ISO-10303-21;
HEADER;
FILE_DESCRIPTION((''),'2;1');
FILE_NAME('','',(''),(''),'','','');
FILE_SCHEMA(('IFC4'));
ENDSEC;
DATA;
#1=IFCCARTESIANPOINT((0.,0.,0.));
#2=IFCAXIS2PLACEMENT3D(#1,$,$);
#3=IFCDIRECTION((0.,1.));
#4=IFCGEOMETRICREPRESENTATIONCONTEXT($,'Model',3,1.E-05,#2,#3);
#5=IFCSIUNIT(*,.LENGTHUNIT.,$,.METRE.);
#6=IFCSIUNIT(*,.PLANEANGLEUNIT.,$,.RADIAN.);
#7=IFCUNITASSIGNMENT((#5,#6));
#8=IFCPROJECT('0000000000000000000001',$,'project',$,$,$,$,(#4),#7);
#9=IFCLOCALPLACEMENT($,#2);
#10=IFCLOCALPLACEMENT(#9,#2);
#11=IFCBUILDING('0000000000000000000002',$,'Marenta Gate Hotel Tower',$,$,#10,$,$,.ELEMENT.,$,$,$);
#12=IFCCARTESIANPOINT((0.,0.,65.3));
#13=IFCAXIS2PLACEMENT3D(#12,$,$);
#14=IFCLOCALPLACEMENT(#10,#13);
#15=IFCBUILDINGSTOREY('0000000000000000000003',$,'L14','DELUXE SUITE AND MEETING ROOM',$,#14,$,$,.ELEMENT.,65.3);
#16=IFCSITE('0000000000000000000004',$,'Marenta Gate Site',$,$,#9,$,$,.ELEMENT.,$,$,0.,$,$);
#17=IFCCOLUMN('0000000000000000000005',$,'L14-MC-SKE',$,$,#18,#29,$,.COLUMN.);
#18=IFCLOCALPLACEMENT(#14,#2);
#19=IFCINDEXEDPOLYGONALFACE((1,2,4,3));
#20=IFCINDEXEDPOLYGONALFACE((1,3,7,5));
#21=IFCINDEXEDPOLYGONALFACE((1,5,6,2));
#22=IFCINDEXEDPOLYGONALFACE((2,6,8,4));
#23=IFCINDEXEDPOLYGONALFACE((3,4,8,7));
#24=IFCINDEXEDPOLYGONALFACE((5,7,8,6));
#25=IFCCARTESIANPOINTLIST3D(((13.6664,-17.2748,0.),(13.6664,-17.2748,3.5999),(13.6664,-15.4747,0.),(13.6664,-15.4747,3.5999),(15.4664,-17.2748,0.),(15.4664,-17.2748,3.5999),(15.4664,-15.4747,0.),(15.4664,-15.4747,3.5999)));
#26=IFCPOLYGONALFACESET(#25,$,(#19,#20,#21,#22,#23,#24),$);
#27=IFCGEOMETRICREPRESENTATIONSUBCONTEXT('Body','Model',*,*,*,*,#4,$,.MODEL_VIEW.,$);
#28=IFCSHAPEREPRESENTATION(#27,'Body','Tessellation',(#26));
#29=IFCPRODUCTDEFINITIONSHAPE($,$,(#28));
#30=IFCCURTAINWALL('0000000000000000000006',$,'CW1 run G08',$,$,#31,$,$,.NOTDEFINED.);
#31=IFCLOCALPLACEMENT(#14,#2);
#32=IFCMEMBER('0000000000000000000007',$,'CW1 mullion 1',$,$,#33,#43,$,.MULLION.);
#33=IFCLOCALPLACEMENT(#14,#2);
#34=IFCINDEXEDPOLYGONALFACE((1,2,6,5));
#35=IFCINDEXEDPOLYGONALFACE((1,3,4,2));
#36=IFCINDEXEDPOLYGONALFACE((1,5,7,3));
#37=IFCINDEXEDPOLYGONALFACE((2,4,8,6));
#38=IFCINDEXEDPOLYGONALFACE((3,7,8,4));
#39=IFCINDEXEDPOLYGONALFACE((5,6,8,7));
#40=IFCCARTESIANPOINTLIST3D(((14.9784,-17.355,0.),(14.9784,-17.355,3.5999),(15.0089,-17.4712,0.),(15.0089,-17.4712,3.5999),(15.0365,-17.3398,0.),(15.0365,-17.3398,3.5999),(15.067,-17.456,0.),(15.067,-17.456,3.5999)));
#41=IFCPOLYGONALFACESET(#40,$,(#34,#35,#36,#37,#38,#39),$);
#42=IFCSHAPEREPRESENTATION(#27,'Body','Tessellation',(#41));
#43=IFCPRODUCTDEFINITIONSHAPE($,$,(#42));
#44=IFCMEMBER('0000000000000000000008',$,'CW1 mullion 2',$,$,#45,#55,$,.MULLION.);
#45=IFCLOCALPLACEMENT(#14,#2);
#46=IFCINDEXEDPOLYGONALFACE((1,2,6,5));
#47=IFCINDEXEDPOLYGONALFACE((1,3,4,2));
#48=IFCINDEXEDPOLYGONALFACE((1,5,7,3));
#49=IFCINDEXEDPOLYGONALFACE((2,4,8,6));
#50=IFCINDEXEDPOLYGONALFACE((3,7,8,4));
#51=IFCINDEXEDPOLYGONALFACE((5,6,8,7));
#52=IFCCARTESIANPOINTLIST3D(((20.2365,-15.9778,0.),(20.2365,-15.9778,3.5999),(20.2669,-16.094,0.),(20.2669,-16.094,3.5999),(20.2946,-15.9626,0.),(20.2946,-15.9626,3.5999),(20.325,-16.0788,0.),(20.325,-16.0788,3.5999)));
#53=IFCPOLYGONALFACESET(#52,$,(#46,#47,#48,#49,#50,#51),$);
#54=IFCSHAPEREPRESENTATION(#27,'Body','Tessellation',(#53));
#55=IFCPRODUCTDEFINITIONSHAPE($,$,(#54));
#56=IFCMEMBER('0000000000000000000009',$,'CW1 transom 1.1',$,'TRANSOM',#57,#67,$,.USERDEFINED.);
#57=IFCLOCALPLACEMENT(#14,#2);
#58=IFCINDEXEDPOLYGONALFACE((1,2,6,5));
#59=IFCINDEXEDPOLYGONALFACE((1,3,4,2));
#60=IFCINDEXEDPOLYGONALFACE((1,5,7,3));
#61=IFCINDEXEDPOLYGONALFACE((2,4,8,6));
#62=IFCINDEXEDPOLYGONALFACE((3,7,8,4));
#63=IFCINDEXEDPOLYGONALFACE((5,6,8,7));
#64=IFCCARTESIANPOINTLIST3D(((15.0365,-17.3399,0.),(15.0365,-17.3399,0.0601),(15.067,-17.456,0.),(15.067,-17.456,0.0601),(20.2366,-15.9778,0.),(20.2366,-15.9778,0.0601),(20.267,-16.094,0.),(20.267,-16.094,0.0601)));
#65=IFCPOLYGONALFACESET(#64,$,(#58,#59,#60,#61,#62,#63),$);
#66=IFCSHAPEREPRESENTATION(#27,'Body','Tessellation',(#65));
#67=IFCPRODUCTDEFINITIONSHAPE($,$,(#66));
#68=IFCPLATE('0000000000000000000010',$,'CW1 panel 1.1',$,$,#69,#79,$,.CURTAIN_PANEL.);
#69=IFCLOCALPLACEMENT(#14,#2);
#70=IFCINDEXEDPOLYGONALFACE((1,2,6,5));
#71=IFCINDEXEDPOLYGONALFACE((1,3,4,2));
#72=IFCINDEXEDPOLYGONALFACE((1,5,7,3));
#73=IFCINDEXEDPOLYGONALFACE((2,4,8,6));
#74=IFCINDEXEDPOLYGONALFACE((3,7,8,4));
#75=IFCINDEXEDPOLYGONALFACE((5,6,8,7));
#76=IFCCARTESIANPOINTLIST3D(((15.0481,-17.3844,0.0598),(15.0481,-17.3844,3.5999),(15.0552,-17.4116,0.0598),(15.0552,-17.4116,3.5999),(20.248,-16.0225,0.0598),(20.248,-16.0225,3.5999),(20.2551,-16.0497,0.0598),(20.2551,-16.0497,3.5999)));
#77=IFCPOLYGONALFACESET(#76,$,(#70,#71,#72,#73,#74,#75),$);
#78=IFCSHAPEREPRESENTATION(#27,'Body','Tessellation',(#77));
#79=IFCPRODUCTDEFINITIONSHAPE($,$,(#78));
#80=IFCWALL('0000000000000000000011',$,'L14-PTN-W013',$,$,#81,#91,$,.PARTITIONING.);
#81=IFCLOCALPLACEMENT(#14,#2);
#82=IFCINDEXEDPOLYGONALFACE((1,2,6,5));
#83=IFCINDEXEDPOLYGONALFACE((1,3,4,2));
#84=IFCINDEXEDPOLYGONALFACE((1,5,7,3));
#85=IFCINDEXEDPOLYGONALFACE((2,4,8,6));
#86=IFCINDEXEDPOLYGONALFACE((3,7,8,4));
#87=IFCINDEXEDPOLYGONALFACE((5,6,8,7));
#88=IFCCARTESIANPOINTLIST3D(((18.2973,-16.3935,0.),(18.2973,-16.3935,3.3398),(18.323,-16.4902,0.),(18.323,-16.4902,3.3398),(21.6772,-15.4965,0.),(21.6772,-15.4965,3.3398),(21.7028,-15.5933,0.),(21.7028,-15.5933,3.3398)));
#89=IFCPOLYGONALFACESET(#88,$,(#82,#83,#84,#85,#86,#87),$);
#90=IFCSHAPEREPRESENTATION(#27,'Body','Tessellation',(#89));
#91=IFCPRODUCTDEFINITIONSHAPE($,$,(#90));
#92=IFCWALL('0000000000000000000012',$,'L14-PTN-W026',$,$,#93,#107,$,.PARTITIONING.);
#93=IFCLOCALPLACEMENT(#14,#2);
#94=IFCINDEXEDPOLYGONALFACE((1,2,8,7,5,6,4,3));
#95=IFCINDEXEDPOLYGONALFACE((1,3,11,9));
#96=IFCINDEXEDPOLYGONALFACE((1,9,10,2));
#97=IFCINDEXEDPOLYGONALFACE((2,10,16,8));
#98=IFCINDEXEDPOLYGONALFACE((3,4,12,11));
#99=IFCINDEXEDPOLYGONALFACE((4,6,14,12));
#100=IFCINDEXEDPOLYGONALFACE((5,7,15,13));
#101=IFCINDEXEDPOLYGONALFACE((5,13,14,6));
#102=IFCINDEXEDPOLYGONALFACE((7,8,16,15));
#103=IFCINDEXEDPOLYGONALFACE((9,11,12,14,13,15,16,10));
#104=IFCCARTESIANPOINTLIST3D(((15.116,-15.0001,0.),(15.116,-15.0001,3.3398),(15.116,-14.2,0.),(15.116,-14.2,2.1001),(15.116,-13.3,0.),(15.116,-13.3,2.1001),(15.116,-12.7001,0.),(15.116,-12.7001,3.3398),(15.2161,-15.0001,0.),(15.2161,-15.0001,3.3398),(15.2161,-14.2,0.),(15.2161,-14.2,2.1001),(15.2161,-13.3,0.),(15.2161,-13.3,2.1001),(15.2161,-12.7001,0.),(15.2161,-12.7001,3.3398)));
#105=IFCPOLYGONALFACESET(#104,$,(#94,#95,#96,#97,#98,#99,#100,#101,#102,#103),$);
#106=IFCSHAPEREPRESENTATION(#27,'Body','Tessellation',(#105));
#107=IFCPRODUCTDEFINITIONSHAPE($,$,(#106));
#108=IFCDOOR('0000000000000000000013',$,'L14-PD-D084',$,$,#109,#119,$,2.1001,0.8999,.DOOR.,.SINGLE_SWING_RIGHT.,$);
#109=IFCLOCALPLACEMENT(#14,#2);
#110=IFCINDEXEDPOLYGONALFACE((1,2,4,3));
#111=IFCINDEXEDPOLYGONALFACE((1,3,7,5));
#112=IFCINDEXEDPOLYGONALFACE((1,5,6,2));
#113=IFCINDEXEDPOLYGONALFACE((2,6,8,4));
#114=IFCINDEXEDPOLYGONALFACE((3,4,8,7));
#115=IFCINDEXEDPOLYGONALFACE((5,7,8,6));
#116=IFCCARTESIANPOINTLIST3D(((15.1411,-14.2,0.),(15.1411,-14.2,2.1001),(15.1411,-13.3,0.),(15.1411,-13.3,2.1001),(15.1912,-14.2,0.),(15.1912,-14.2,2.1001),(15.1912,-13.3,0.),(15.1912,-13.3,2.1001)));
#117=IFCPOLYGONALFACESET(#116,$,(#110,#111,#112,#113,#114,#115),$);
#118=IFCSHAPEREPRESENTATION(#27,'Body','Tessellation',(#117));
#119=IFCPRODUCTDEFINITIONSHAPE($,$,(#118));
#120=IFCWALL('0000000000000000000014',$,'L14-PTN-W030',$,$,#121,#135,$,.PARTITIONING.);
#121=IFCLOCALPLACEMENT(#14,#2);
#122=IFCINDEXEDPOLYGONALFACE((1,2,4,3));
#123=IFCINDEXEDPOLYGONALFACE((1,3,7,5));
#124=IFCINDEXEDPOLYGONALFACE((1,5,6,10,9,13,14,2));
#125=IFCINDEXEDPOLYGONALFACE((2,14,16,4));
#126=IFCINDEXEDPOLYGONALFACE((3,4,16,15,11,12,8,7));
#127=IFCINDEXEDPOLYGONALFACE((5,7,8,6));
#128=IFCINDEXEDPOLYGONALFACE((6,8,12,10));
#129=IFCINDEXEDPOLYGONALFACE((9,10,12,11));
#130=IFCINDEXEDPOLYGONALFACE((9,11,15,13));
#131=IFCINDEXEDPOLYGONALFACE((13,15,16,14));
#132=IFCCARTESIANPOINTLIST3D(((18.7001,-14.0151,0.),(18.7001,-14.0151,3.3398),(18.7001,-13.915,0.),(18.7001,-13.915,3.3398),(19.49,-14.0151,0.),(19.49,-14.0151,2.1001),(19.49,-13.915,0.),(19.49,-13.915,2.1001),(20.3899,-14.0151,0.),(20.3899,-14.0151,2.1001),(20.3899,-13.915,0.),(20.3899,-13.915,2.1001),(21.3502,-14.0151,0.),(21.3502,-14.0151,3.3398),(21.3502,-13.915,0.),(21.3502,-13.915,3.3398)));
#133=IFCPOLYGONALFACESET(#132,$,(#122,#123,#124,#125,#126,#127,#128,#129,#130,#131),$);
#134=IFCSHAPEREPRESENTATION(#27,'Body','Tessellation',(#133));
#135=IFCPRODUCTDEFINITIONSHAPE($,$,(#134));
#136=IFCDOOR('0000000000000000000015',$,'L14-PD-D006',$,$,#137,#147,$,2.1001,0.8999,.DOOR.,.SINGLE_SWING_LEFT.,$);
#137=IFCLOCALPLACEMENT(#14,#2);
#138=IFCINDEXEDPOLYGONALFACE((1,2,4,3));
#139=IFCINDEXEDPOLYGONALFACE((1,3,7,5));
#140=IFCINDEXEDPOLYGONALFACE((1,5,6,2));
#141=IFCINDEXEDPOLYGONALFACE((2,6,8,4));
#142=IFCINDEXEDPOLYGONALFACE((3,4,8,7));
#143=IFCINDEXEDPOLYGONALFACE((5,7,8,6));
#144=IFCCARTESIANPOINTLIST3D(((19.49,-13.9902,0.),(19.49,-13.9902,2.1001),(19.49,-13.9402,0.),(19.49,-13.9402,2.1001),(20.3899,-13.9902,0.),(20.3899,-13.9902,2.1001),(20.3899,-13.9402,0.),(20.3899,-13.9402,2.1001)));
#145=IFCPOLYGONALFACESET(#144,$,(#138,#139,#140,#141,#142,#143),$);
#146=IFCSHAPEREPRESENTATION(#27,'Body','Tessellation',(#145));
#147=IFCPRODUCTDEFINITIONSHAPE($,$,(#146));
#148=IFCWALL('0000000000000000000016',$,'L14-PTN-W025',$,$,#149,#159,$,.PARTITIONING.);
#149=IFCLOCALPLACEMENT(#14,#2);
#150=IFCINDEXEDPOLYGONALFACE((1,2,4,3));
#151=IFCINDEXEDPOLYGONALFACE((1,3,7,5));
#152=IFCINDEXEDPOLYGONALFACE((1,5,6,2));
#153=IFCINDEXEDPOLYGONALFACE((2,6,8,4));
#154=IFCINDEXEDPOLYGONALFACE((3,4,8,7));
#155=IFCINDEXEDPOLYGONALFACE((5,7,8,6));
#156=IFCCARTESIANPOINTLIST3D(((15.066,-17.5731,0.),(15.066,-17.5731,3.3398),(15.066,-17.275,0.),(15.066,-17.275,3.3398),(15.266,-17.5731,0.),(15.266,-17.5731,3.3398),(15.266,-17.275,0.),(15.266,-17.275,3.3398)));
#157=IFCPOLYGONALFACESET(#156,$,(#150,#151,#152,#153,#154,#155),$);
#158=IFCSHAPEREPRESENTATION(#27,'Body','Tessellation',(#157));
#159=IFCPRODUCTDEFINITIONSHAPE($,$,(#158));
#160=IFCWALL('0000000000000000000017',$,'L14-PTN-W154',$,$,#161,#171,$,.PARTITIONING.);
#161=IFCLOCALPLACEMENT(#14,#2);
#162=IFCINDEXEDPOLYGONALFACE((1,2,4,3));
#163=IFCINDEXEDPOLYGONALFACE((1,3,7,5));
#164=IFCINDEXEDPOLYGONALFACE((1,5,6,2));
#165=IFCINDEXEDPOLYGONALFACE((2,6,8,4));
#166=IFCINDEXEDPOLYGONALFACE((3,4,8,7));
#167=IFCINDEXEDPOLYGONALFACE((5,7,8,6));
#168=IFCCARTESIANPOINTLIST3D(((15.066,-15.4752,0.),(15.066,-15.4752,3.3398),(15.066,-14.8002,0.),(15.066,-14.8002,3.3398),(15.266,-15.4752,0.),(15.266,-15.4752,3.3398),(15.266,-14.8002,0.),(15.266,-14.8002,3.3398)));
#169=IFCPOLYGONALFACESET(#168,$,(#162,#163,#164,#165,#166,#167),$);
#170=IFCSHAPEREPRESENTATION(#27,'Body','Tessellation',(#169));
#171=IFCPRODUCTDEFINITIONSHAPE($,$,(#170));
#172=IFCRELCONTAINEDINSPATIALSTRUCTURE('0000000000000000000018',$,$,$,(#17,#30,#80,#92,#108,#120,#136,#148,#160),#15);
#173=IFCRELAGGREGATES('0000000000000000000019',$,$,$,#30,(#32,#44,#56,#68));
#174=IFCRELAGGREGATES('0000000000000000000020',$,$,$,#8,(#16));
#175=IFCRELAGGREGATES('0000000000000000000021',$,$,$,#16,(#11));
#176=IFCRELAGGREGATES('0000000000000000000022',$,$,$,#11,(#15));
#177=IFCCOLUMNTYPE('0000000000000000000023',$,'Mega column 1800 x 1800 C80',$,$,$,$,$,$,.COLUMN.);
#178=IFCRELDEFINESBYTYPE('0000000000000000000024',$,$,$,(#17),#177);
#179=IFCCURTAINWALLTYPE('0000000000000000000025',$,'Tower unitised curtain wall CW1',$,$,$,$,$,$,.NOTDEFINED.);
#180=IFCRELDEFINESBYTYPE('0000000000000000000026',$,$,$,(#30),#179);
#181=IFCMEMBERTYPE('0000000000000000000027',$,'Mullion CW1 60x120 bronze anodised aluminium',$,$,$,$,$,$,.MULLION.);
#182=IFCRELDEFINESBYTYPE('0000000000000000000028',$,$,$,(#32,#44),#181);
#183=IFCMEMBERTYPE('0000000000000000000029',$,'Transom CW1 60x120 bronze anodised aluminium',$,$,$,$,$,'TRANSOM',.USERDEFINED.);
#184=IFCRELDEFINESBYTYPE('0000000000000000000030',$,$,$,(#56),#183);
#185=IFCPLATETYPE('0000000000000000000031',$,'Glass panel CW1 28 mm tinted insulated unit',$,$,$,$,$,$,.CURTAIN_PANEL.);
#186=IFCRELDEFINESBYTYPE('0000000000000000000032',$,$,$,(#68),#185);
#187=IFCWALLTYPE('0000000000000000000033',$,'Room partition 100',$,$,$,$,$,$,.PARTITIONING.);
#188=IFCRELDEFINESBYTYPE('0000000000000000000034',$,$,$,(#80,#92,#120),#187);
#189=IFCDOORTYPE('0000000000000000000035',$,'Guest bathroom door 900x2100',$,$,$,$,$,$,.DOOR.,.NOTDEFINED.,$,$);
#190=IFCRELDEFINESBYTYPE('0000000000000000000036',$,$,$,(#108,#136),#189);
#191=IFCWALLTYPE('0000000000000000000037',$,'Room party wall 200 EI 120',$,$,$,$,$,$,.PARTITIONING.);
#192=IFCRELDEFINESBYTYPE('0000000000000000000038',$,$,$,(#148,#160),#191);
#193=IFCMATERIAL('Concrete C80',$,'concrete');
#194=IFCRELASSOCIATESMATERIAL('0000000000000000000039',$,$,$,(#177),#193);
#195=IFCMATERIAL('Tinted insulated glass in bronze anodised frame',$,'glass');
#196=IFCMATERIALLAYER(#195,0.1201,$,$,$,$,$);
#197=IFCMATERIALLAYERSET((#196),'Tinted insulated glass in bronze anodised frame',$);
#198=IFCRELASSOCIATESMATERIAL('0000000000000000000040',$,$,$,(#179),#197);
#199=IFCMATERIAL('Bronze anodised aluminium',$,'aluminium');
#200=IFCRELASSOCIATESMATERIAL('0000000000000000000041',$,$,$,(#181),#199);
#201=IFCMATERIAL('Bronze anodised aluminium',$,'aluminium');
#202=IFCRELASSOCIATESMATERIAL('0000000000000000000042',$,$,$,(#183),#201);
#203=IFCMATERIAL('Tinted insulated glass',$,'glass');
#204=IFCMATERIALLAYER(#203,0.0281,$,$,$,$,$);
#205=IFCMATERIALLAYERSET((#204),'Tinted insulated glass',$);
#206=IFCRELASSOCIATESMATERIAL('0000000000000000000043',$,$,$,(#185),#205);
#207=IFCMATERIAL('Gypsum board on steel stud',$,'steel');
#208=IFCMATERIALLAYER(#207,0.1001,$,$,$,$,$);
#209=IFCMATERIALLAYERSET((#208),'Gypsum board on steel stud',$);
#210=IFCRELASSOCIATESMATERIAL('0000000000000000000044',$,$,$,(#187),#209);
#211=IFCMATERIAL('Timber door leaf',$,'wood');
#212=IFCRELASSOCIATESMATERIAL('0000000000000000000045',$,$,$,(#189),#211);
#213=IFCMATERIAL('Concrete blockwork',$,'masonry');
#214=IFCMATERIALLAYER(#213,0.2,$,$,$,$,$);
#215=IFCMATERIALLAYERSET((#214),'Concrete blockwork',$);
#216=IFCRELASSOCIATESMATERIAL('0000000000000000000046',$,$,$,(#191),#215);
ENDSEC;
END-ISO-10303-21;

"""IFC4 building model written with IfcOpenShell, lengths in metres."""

from ifc_helpers import new_model, si_unit, direction, frame, frame_2d, origin, origin_2d, place, context, subcontext, project, spatial, rectangle, extrude, material, layer, layer_set, material_profile, profile_set, type_object, element, fill, aggregate, save


model = new_model("IFC4")

# Units and contexts
model_context = context("Model", 3, precision=1e-05, world=origin(), true_north=direction((0.0, 1.0)))
body_context = subcontext(model_context, "Body", "Model", "MODEL_VIEW")
ifc_project = project(units=[si_unit("LENGTHUNIT", "METRE"), si_unit("PLANEANGLEUNIT", "RADIAN")], contexts=[model_context])

# Site, building, storey
site_placement = place(None, origin())
site = spatial("IfcSite", under=ifc_project, at=site_placement, Name="Marenta Gate Site", CompositionType="ELEMENT", RefElevation=0.0)
building_placement = place(site_placement, origin())
building = spatial("IfcBuilding", under=site, at=building_placement, Name="Marenta Gate Hotel Tower", CompositionType="ELEMENT")
storey_placement = place(building_placement, frame((0.0, 0.0, 65.3)))
storey = spatial("IfcBuildingStorey", under=building, at=storey_placement, Name="L14", Description="DELUXE SUITE AND MEETING ROOM", CompositionType="ELEMENT", Elevation=65.3)

# Column
ifc_material_1 = material(Name="Concrete C80", Category="concrete")
ifc_material_profile_1 = material_profile(ifc_material_1, rectangle(XDim=1.8, YDim=1.8, at=origin_2d()), Name="1800 x 1800")
ifc_profile_set_1 = profile_set([ifc_material_profile_1], Name="Concrete C80")
column_type = type_object("IfcColumnType", Name="Mega column 1800 x 1800 C80", PredefinedType="COLUMN", material=ifc_profile_set_1)
column_placement = place(storey_placement, frame((14.5664, -16.3748, 0.0), z_axis=(0.0, 0.0, 1.0), x_axis=(1.0, 0.0, 0.0)))
element("IfcColumn", 1, at=column_placement, inside=storey, type_object=column_type, Name="L14-MC-SKE", PredefinedType="COLUMN", context=body_context, shape_type="SweptSolid", body=[
    extrude(rectangle(XDim=1.8, YDim=1.8, at=origin_2d()), origin(), (0.0, 0.0, 1.0), 3.5999),
])

# Curtain wall, members, plate
ifc_material_2 = material(Name="Tinted insulated glass in bronze anodised frame", Category="glass")
ifc_layer_1 = layer(ifc_material_2, 0.1201)
ifc_layer_set_1 = layer_set([ifc_layer_1], Name="Tinted insulated glass in bronze anodised frame")
curtain_wall_type = type_object("IfcCurtainWallType", Name="Tower unitised curtain wall CW1", PredefinedType="NOTDEFINED", material=ifc_layer_set_1)
curtain_wall_placement = place(storey_placement, origin())
curtain_wall = element("IfcCurtainWall", 2, at=curtain_wall_placement, inside=storey, type_object=curtain_wall_type, Name="CW1 run G08", PredefinedType="NOTDEFINED")
ifc_material_3 = material(Name="Bronze anodised aluminium", Category="aluminium")
ifc_material_profile_2 = material_profile(ifc_material_3, rectangle(XDim=0.1201, YDim=0.0601, at=origin_2d()), Name="Mullion CW1 60x120 bronze anodised aluminium")
ifc_profile_set_2 = profile_set([ifc_material_profile_2], Name="Bronze anodised aluminium")
member_type_1 = type_object("IfcMemberType", Name="Mullion CW1 60x120 bronze anodised aluminium", PredefinedType="MULLION", material=ifc_profile_set_2)
member_1_placement = place(storey_placement, frame((15.0227, -17.4055, 0.0), z_axis=(0.0, 0.0, 1.0), x_axis=(-0.253372, 0.967369, 0.0)))
member_1 = element("IfcMember", 3, at=member_1_placement, type_object=member_type_1, Name="CW1 mullion 1", PredefinedType="MULLION", context=body_context, shape_type="SweptSolid", body=[
    extrude(rectangle(XDim=0.1201, YDim=0.0601, at=origin_2d()), origin(), (0.0, 0.0, 1.0), 3.5999),
])
member_2_placement = place(storey_placement, frame((20.2808, -16.0283, 0.0), z_axis=(0.0, 0.0, 1.0), x_axis=(-0.253372, 0.967369, 0.0)))
member_2 = element("IfcMember", 4, at=member_2_placement, type_object=member_type_1, Name="CW1 mullion 2", PredefinedType="MULLION", context=body_context, shape_type="SweptSolid", body=[
    extrude(rectangle(XDim=0.1201, YDim=0.0601, at=origin_2d()), origin(), (0.0, 0.0, 1.0), 3.5999),
])
ifc_material_4 = material(Name="Bronze anodised aluminium", Category="aluminium")
ifc_material_profile_3 = material_profile(ifc_material_4, rectangle(XDim=0.1201, YDim=0.0601, at=origin_2d()), Name="Transom CW1 60x120 bronze anodised aluminium")
ifc_profile_set_3 = profile_set([ifc_material_profile_3], Name="Bronze anodised aluminium")
member_type_2 = type_object("IfcMemberType", Name="Transom CW1 60x120 bronze anodised aluminium", ElementType="TRANSOM", PredefinedType="USERDEFINED", material=ifc_profile_set_3)
member_3_placement = place(storey_placement, frame((15.0518, -17.3979, 0.03), z_axis=(0.967365, 0.253389, 0.0), x_axis=(-0.253389, 0.967365, 0.0)))
member_3 = element("IfcMember", 5, at=member_3_placement, type_object=member_type_2, Name="CW1 transom 1.1", ObjectType="TRANSOM", PredefinedType="USERDEFINED", context=body_context, shape_type="SweptSolid", body=[
    extrude(rectangle(XDim=0.1201, YDim=0.0601, at=origin_2d()), origin(), (0.0, 0.0, 1.0), 5.3755),
])
ifc_material_5 = material(Name="Tinted insulated glass", Category="glass")
ifc_layer_2 = layer(ifc_material_5, 0.0281)
ifc_layer_set_2 = layer_set([ifc_layer_2], Name="Tinted insulated glass")
plate_type = type_object("IfcPlateType", Name="Glass panel CW1 28 mm tinted insulated unit", PredefinedType="CURTAIN_PANEL", material=ifc_layer_set_2)
plate_placement = place(storey_placement, frame((17.6516, -16.717, 0.0598), z_axis=(0.0, 0.0, 1.0), x_axis=(0.967369, 0.253372, 0.0)))
plate = element("IfcPlate", 6, at=plate_placement, type_object=plate_type, Name="CW1 panel 1.1", PredefinedType="CURTAIN_PANEL", context=body_context, shape_type="SweptSolid", body=[
    extrude(rectangle(XDim=5.3752, YDim=0.0281, at=origin_2d()), origin(), (0.0, 0.0, 1.0), 3.54),
])
aggregate(curtain_wall, [member_1, member_2, member_3, plate])

# Wall
ifc_material_6 = material(Name="Gypsum board on steel stud", Category="steel")
ifc_layer_3 = layer(ifc_material_6, 0.1001)
ifc_layer_set_3 = layer_set([ifc_layer_3], Name="Gypsum board on steel stud")
wall_type_1 = type_object("IfcWallType", Name="Room partition 100", PredefinedType="PARTITIONING", material=ifc_layer_set_3)
wall_1_placement = place(storey_placement, frame((18.3101, -16.4419, 0.0), z_axis=(0.0, 0.0, 1.0), x_axis=(0.966542, 0.256507, 0.0)))
element("IfcWall", 7, at=wall_1_placement, inside=storey, type_object=wall_type_1, Name="L14-PTN-W013", PredefinedType="PARTITIONING", context=body_context, shape_type="SweptSolid", body=[
    extrude(rectangle(XDim=3.4968, YDim=0.1001, at=frame_2d((1.7485, 0.0))), origin(), (0.0, 0.0, 1.0), 3.3398),
])

# Walls, openings, doors
wall_2_placement = place(storey_placement, frame((15.166, -15.0, 0.0), z_axis=(0.0, 0.0, 1.0), x_axis=(0.0, 1.0, 0.0)))
wall_2 = element("IfcWall", 8, at=wall_2_placement, inside=storey, type_object=wall_type_1, Name="L14-PTN-W026", PredefinedType="PARTITIONING", context=body_context, shape_type="SweptSolid", body=[
    extrude(rectangle(XDim=2.3, YDim=0.1001, at=frame_2d((1.1499, 0.0))), origin(), (0.0, 0.0, 1.0), 3.3398),
])
opening_1_placement = place(wall_2_placement, frame((0.8, 0.0, 0.0)))
opening_1 = element("IfcOpeningElement", 9, at=opening_1_placement, cuts=wall_2, PredefinedType="OPENING", context=body_context, shape_type="SweptSolid", body=[
    extrude(rectangle(XDim=0.8999, YDim=2.1001, at=frame_2d((0.45, 1.05))), frame((0.0, 0.05, 0.0), z_axis=(0.0, -1.0, 0.0), x_axis=(1.0, 0.0, 0.0)), (0.0, 0.0, 1.0), 0.1001),
])
ifc_material_7 = material(Name="Timber door leaf", Category="wood")
door_type_1 = type_object("IfcDoorType", Name="Guest bathroom door 900x2100", OperationType="NOTDEFINED", PredefinedType="DOOR", material=ifc_material_7)
door_1_placement = place(opening_1_placement, origin())
door_1 = element("IfcDoor", 10, at=door_1_placement, inside=storey, type_object=door_type_1, Name="L14-PD-D084", OperationType="SINGLE_SWING_RIGHT", OverallHeight=2.1001, OverallWidth=0.8999, PredefinedType="DOOR", context=body_context, shape_type="SweptSolid", body=[
    extrude(rectangle(XDim=0.8999, YDim=2.1001, at=frame_2d((0.45, 1.05))), frame((0.0, 0.0249, 0.0), z_axis=(0.0, -1.0, 0.0), x_axis=(1.0, 0.0, 0.0)), (0.0, 0.0, 1.0), 0.05),
])
fill(opening_1, door_1)
wall_3_placement = place(storey_placement, frame((18.7, -13.9651, 0.0), z_axis=(0.0, 0.0, 1.0), x_axis=(1.0, 0.0, 0.0)))
wall_3 = element("IfcWall", 11, at=wall_3_placement, inside=storey, type_object=wall_type_1, Name="L14-PTN-W030", PredefinedType="PARTITIONING", context=body_context, shape_type="SweptSolid", body=[
    extrude(rectangle(XDim=2.6501, YDim=0.1001, at=frame_2d((1.3252, 0.0))), origin(), (0.0, 0.0, 1.0), 3.3398),
])
opening_2_placement = place(wall_3_placement, frame((0.79, 0.0, 0.0)))
opening_2 = element("IfcOpeningElement", 12, at=opening_2_placement, cuts=wall_3, PredefinedType="OPENING", context=body_context, shape_type="SweptSolid", body=[
    extrude(rectangle(XDim=0.8999, YDim=2.1001, at=frame_2d((0.45, 1.05))), frame((0.0, 0.05, 0.0), z_axis=(0.0, -1.0, 0.0), x_axis=(1.0, 0.0, 0.0)), (0.0, 0.0, 1.0), 0.1001),
])
door_2_placement = place(opening_2_placement, origin())
door_2 = element("IfcDoor", 13, at=door_2_placement, inside=storey, type_object=door_type_1, Name="L14-PD-D006", OperationType="SINGLE_SWING_LEFT", OverallHeight=2.1001, OverallWidth=0.8999, PredefinedType="DOOR", context=body_context, shape_type="SweptSolid", body=[
    extrude(rectangle(XDim=0.8999, YDim=2.1001, at=frame_2d((0.45, 1.05))), frame((0.0, 0.0249, 0.0), z_axis=(0.0, -1.0, 0.0), x_axis=(1.0, 0.0, 0.0)), (0.0, 0.0, 1.0), 0.05),
])
fill(opening_2, door_2)

# Walls
ifc_material_8 = material(Name="Concrete blockwork", Category="masonry")
ifc_layer_4 = layer(ifc_material_8, 0.2)
ifc_layer_set_4 = layer_set([ifc_layer_4], Name="Concrete blockwork")
wall_type_2 = type_object("IfcWallType", Name="Room party wall 200 EI 120", PredefinedType="PARTITIONING", material=ifc_layer_set_4)
wall_4_placement = place(storey_placement, frame((15.166, -17.573, 0.0), z_axis=(0.0, 0.0, 1.0), x_axis=(0.0, 1.0, 0.0)))
element("IfcWall", 14, at=wall_4_placement, inside=storey, type_object=wall_type_2, Name="L14-PTN-W025", PredefinedType="PARTITIONING", context=body_context, shape_type="SweptSolid", body=[
    extrude(rectangle(XDim=0.2981, YDim=0.2, at=frame_2d((0.1489, 0.0))), origin(), (0.0, 0.0, 1.0), 3.3398),
])
wall_5_placement = place(storey_placement, frame((15.166, -15.4751, 0.0), z_axis=(0.0, 0.0, 1.0), x_axis=(0.0, 1.0, 0.0)))
element("IfcWall", 15, at=wall_5_placement, inside=storey, type_object=wall_type_2, Name="L14-PTN-W154", PredefinedType="PARTITIONING", context=body_context, shape_type="SweptSolid", body=[
    extrude(rectangle(XDim=0.675, YDim=0.2, at=frame_2d((0.3374, 0.0))), origin(), (0.0, 0.0, 1.0), 3.3398),
])

save(model, "model.ifc")
